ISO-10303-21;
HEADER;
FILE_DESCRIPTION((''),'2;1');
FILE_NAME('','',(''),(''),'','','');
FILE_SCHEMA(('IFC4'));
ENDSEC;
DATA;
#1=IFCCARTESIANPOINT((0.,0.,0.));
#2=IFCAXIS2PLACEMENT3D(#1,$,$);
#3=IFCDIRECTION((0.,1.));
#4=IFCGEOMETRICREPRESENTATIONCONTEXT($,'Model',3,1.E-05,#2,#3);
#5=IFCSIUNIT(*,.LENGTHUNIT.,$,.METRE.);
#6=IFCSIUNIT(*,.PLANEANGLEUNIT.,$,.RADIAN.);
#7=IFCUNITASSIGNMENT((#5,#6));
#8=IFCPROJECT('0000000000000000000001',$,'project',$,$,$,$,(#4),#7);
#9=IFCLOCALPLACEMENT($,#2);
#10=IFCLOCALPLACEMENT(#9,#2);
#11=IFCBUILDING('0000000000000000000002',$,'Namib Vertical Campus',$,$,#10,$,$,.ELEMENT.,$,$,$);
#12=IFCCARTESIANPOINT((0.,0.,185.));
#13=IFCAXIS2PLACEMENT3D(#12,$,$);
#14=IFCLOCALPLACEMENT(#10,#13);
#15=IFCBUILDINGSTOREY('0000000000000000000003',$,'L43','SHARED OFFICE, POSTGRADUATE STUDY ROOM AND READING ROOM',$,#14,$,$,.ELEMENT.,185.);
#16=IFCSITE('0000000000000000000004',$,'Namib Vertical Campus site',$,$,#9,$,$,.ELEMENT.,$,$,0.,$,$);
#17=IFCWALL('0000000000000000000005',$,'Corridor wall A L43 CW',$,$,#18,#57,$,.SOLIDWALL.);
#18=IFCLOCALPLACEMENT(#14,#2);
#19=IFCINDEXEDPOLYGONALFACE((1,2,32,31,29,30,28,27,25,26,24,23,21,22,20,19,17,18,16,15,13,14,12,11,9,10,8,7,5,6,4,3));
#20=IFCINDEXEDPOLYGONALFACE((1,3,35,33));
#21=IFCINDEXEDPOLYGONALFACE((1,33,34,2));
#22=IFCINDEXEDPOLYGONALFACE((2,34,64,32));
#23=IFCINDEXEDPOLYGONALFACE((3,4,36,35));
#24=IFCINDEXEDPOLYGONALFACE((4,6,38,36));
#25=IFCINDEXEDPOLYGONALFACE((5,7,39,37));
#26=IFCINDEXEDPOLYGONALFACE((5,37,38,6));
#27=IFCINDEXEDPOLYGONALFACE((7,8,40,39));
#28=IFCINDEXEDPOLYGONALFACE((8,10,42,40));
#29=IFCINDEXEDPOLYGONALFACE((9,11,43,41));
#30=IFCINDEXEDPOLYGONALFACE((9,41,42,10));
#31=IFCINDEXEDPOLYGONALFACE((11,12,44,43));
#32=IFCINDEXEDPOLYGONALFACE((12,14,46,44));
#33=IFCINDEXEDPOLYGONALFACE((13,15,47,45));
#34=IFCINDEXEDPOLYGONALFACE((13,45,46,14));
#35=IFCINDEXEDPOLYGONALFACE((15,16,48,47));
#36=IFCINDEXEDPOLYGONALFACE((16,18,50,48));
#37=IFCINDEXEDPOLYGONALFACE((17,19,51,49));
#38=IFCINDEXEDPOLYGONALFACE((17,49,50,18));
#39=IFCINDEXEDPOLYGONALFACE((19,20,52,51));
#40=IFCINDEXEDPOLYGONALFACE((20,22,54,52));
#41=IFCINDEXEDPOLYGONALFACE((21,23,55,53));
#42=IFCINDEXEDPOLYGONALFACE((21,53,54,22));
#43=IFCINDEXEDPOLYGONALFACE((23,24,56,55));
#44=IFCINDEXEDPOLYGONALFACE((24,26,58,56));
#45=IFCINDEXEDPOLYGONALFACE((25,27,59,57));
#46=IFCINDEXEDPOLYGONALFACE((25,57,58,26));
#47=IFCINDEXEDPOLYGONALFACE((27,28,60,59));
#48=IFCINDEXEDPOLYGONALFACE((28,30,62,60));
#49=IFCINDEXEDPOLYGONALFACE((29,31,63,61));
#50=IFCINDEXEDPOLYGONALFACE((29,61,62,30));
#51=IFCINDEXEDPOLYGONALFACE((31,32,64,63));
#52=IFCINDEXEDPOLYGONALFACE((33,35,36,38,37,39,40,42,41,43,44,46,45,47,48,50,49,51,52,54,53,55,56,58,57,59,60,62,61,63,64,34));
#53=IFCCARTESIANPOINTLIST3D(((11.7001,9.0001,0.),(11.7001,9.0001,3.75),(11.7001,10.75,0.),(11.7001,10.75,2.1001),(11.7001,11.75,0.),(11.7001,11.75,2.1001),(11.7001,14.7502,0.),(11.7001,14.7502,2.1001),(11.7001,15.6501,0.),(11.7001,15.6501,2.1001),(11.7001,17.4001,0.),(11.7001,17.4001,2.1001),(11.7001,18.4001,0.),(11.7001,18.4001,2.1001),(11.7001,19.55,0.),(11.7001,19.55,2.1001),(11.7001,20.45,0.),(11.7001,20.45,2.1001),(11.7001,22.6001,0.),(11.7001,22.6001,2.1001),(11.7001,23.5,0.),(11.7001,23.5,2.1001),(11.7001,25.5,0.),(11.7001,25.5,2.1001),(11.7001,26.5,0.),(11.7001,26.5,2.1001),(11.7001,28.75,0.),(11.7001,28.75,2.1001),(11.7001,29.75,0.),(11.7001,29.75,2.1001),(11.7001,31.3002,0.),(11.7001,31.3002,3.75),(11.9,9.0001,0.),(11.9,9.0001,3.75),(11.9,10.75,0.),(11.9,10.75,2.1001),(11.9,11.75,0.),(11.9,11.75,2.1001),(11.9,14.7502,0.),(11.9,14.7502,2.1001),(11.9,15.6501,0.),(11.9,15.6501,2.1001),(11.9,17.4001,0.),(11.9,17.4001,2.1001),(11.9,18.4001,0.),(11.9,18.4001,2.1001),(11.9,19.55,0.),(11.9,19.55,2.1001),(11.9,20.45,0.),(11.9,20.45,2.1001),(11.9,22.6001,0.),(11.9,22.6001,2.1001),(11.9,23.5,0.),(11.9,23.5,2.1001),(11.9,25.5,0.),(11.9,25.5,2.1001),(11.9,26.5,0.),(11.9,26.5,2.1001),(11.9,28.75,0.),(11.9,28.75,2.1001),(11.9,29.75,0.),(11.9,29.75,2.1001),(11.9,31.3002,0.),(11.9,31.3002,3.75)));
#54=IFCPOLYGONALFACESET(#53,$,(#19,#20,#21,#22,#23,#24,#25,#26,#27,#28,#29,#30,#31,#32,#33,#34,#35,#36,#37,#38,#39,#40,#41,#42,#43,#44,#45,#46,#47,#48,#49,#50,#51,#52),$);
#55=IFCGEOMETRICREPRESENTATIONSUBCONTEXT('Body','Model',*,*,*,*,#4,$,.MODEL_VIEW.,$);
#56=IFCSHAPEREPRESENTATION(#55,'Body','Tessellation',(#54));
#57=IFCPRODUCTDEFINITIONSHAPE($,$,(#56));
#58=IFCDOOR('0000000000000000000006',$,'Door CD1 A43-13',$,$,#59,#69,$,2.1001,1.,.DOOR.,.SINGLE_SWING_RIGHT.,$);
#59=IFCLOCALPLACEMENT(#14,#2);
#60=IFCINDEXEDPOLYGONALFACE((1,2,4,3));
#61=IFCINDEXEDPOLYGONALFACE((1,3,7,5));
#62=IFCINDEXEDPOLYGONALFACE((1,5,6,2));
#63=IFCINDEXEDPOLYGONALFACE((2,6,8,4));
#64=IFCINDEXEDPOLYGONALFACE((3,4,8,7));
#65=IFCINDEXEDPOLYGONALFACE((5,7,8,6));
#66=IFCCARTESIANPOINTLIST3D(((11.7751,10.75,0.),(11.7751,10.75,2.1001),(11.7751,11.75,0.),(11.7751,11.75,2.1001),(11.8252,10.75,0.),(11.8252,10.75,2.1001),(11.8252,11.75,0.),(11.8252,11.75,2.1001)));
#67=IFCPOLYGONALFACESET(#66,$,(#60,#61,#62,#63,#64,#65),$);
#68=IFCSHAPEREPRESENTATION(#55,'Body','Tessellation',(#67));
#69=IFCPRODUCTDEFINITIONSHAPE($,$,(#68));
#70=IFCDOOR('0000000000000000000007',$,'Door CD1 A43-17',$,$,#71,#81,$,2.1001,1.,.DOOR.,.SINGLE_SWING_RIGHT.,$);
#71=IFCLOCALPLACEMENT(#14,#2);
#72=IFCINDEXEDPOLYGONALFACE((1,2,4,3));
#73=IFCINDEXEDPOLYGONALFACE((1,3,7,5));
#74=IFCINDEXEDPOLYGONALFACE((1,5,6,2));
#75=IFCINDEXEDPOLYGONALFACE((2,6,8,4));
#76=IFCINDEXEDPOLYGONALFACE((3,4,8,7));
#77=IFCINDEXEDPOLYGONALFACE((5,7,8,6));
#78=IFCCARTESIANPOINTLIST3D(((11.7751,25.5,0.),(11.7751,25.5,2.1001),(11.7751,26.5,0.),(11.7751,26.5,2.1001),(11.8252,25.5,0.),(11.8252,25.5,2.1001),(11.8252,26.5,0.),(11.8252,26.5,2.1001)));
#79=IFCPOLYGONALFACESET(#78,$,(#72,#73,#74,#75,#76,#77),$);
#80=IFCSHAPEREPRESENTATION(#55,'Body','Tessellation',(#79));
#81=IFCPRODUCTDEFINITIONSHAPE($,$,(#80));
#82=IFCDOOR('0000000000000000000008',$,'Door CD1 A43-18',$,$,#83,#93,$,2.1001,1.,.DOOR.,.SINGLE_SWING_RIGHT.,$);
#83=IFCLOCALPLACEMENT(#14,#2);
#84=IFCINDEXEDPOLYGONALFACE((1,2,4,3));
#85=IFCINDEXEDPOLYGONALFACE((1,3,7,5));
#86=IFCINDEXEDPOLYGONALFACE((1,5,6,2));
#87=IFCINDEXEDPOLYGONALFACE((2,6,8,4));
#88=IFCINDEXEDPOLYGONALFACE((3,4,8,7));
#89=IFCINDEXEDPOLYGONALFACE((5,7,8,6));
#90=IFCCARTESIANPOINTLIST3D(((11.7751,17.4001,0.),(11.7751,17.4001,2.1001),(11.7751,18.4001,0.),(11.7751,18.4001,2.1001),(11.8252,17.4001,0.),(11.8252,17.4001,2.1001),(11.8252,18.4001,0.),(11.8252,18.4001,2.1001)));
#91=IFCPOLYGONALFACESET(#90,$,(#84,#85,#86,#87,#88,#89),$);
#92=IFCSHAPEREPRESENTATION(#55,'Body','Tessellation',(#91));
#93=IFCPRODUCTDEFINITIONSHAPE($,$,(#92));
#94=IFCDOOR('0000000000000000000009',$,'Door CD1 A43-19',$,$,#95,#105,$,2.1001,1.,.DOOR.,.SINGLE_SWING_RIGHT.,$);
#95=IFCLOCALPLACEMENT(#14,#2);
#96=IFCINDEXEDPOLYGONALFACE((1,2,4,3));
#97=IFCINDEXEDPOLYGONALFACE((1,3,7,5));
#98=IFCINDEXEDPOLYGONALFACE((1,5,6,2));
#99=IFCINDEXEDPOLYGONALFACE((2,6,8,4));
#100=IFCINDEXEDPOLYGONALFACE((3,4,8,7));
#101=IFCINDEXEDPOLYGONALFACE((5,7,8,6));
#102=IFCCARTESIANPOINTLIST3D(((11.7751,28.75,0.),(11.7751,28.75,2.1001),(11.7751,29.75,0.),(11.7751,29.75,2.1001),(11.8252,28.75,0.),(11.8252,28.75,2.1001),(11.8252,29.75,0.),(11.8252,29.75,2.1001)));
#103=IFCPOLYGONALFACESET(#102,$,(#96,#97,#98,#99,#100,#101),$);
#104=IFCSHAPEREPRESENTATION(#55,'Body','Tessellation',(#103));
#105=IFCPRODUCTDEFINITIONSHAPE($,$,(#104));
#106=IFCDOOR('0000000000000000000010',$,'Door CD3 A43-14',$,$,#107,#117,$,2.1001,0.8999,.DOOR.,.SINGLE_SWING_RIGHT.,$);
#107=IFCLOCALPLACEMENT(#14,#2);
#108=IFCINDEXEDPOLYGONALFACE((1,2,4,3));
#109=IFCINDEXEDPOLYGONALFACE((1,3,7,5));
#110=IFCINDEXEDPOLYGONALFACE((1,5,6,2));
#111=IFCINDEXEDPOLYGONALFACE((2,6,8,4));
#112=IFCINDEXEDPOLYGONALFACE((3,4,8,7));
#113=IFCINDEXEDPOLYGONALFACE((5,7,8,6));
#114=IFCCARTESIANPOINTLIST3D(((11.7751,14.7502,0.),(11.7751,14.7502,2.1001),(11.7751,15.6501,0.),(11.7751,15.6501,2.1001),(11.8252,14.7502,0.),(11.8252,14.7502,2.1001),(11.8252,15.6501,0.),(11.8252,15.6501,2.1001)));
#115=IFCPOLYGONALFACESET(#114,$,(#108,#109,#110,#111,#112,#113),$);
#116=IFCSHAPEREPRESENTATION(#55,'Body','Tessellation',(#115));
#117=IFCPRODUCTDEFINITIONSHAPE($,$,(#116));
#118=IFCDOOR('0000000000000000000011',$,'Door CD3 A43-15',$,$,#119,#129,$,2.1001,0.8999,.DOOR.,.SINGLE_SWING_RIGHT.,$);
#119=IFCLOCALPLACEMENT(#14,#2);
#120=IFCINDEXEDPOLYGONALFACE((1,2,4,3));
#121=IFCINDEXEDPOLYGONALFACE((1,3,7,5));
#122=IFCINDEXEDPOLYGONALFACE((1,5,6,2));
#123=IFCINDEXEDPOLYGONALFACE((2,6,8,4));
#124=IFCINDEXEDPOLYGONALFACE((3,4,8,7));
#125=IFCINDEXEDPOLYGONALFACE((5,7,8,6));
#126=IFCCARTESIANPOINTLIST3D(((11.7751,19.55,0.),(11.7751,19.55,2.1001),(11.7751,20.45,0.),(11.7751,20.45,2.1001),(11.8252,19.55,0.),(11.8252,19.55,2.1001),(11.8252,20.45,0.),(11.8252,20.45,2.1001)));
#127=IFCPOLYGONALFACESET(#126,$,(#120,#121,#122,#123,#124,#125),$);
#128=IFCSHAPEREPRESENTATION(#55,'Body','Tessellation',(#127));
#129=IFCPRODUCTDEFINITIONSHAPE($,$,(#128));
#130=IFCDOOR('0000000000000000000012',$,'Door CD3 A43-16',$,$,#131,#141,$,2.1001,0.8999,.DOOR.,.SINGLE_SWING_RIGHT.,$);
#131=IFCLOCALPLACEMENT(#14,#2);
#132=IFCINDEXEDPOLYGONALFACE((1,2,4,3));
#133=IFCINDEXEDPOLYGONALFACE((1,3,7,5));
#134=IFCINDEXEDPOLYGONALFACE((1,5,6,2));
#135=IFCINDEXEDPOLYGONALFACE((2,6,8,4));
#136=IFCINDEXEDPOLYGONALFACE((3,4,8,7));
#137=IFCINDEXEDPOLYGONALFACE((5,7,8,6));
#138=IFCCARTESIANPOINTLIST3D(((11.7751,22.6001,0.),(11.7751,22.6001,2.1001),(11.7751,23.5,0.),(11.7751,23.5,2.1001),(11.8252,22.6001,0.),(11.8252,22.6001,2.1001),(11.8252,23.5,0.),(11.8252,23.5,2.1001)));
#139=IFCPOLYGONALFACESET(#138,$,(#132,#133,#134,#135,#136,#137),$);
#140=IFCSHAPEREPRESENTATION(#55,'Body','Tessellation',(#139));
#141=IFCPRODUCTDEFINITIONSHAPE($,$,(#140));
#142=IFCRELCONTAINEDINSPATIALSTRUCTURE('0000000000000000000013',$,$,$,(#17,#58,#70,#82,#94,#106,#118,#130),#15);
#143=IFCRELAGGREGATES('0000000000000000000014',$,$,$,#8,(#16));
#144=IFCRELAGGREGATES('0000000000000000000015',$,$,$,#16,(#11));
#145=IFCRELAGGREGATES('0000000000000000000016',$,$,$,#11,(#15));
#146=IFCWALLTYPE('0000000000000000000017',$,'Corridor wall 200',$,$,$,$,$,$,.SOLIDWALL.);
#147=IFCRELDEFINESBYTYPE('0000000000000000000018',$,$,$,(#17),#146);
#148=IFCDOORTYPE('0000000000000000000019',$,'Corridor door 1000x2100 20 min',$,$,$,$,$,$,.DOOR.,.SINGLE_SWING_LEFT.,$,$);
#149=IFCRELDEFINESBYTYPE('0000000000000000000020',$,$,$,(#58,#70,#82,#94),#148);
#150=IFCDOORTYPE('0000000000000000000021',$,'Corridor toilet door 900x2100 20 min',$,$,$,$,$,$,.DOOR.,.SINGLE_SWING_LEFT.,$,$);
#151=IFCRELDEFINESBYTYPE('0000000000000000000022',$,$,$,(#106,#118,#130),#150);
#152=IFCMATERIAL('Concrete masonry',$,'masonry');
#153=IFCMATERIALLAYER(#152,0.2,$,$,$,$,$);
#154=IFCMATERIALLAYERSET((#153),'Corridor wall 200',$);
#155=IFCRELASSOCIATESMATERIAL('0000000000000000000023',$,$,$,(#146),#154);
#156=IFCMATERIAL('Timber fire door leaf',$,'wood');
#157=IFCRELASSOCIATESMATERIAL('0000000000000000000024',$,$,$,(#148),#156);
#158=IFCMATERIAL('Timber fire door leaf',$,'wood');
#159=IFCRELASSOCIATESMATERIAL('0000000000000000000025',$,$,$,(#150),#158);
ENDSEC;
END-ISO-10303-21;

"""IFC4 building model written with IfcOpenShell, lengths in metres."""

from ifc_helpers import new_model, si_unit, direction, frame, frame_2d, origin, place, context, subcontext, project, spatial, rectangle, extrude, material, layer, layer_set, type_object, element, fill, save


model = new_model("IFC4")

# Units and contexts
model_context = context("Model", 3, precision=1e-05, world=origin(), true_north=direction((0.0, 1.0)))
body_context = subcontext(model_context, "Body", "Model", "MODEL_VIEW")
ifc_project = project(units=[si_unit("LENGTHUNIT", "METRE"), si_unit("PLANEANGLEUNIT", "RADIAN")], contexts=[model_context])

# Site, building, storey
site_placement = place(None, origin())
site = spatial("IfcSite", under=ifc_project, at=site_placement, Name="Namib Vertical Campus site", CompositionType="ELEMENT", RefElevation=0.0)
building_placement = place(site_placement, origin())
building = spatial("IfcBuilding", under=site, at=building_placement, Name="Namib Vertical Campus", CompositionType="ELEMENT")
storey_placement = place(building_placement, frame((0.0, 0.0, 185.0)))
storey = spatial("IfcBuildingStorey", under=building, at=storey_placement, Name="L43", Description="SHARED OFFICE, POSTGRADUATE STUDY ROOM AND READING ROOM", CompositionType="ELEMENT", Elevation=185.0)

# Wall, openings, doors
ifc_material_1 = material(Name="Concrete masonry", Category="masonry")
ifc_layer_1 = layer(ifc_material_1, 0.2)
ifc_layer_set_1 = layer_set([ifc_layer_1], Name="Corridor wall 200")
wall_type_1 = type_object("IfcWallType", Name="Corridor wall 200", PredefinedType="SOLIDWALL", material=ifc_layer_set_1)
wall_1_placement = place(storey_placement, frame((11.8, 31.3, 0.0), z_axis=(0.0, 0.0, 1.0), x_axis=(0.0, -1.0, 0.0)))
wall_1 = element("IfcWall", 1, at=wall_1_placement, inside=storey, type_object=wall_type_1, Name="Corridor wall A L43 CW", PredefinedType="SOLIDWALL", context=body_context, shape_type="SweptSolid", body=[
    extrude(rectangle(XDim=22.3, YDim=0.2, at=frame_2d((11.1499, 0.0))), origin(), (0.0, 0.0, 1.0), 3.75),
])
opening_1_placement = place(wall_1_placement, frame((19.55, 0.0, 0.0)))
opening_1 = element("IfcOpeningElement", 2, at=opening_1_placement, cuts=wall_1, PredefinedType="OPENING", context=body_context, shape_type="SweptSolid", body=[
    extrude(rectangle(XDim=1.0, YDim=2.1001, at=frame_2d((0.5, 1.05))), frame((0.0, 0.1099, 0.0), z_axis=(0.0, -1.0, 0.0), x_axis=(1.0, 0.0, 0.0)), (0.0, 0.0, 1.0), 0.22),
])
opening_2_placement = place(wall_1_placement, frame((15.6499, 0.0, 0.0)))
opening_2 = element("IfcOpeningElement", 3, at=opening_2_placement, cuts=wall_1, PredefinedType="OPENING", context=body_context, shape_type="SweptSolid", body=[
    extrude(rectangle(XDim=0.8999, YDim=2.1001, at=frame_2d((0.45, 1.05))), frame((0.0, 0.1099, 0.0), z_axis=(0.0, -1.0, 0.0), x_axis=(1.0, 0.0, 0.0)), (0.0, 0.0, 1.0), 0.22),
])
opening_3_placement = place(wall_1_placement, frame((10.8501, 0.0, 0.0)))
opening_3 = element("IfcOpeningElement", 4, at=opening_3_placement, cuts=wall_1, PredefinedType="OPENING", context=body_context, shape_type="SweptSolid", body=[
    extrude(rectangle(XDim=0.8999, YDim=2.1001, at=frame_2d((0.45, 1.05))), frame((0.0, 0.1099, 0.0), z_axis=(0.0, -1.0, 0.0), x_axis=(1.0, 0.0, 0.0)), (0.0, 0.0, 1.0), 0.22),
])
opening_4_placement = place(wall_1_placement, frame((7.8, 0.0, 0.0)))
opening_4 = element("IfcOpeningElement", 5, at=opening_4_placement, cuts=wall_1, PredefinedType="OPENING", context=body_context, shape_type="SweptSolid", body=[
    extrude(rectangle(XDim=0.8999, YDim=2.1001, at=frame_2d((0.45, 1.05))), frame((0.0, 0.1099, 0.0), z_axis=(0.0, -1.0, 0.0), x_axis=(1.0, 0.0, 0.0)), (0.0, 0.0, 1.0), 0.22),
])
opening_5_placement = place(wall_1_placement, frame((4.8, 0.0, 0.0)))
opening_5 = element("IfcOpeningElement", 6, at=opening_5_placement, cuts=wall_1, PredefinedType="OPENING", context=body_context, shape_type="SweptSolid", body=[
    extrude(rectangle(XDim=1.0, YDim=2.1001, at=frame_2d((0.5, 1.05))), frame((0.0, 0.1099, 0.0), z_axis=(0.0, -1.0, 0.0), x_axis=(1.0, 0.0, 0.0)), (0.0, 0.0, 1.0), 0.22),
])
opening_6_placement = place(wall_1_placement, frame((12.8999, 0.0, 0.0)))
opening_6 = element("IfcOpeningElement", 7, at=opening_6_placement, cuts=wall_1, PredefinedType="OPENING", context=body_context, shape_type="SweptSolid", body=[
    extrude(rectangle(XDim=1.0, YDim=2.1001, at=frame_2d((0.5, 1.05))), frame((0.0, 0.1099, 0.0), z_axis=(0.0, -1.0, 0.0), x_axis=(1.0, 0.0, 0.0)), (0.0, 0.0, 1.0), 0.22),
])
opening_7_placement = place(wall_1_placement, frame((1.55, 0.0, 0.0)))
opening_7 = element("IfcOpeningElement", 8, at=opening_7_placement, cuts=wall_1, PredefinedType="OPENING", context=body_context, shape_type="SweptSolid", body=[
    extrude(rectangle(XDim=1.0, YDim=2.1001, at=frame_2d((0.5, 1.05))), frame((0.0, 0.1099, 0.0), z_axis=(0.0, -1.0, 0.0), x_axis=(1.0, 0.0, 0.0)), (0.0, 0.0, 1.0), 0.22),
])
ifc_material_2 = material(Name="Timber fire door leaf", Category="wood")
door_type_1 = type_object("IfcDoorType", Name="Corridor door 1000x2100 20 min", OperationType="SINGLE_SWING_LEFT", PredefinedType="DOOR", material=ifc_material_2)
door_1_placement = place(opening_1_placement, frame((1.0, 0.0, 0.0), z_axis=(0.0, 0.0, 1.0), x_axis=(-1.0, 0.0, 0.0)))
door_1 = element("IfcDoor", 9, at=door_1_placement, inside=storey, type_object=door_type_1, Name="Door CD1 A43-13", OperationType="SINGLE_SWING_RIGHT", OverallHeight=2.1001, OverallWidth=1.0, PredefinedType="DOOR", context=body_context, shape_type="SweptSolid", body=[
    extrude(rectangle(XDim=1.0, YDim=2.1001, at=frame_2d((0.5, 1.05))), frame((0.0, 0.0249, 0.0), z_axis=(0.0, -1.0, 0.0), x_axis=(1.0, 0.0, 0.0)), (0.0, 0.0, 1.0), 0.05),
])
fill(opening_1, door_1)
door_2_placement = place(opening_5_placement, frame((1.0, 0.0, 0.0), z_axis=(0.0, 0.0, 1.0), x_axis=(-1.0, 0.0, 0.0)))
door_2 = element("IfcDoor", 10, at=door_2_placement, inside=storey, type_object=door_type_1, Name="Door CD1 A43-17", OperationType="SINGLE_SWING_RIGHT", OverallHeight=2.1001, OverallWidth=1.0, PredefinedType="DOOR", context=body_context, shape_type="SweptSolid", body=[
    extrude(rectangle(XDim=1.0, YDim=2.1001, at=frame_2d((0.5, 1.05))), frame((0.0, 0.0249, 0.0), z_axis=(0.0, -1.0, 0.0), x_axis=(1.0, 0.0, 0.0)), (0.0, 0.0, 1.0), 0.05),
])
fill(opening_5, door_2)
door_3_placement = place(opening_6_placement, frame((1.0, 0.0, 0.0), z_axis=(0.0, 0.0, 1.0), x_axis=(-1.0, 0.0, 0.0)))
door_3 = element("IfcDoor", 11, at=door_3_placement, inside=storey, type_object=door_type_1, Name="Door CD1 A43-18", OperationType="SINGLE_SWING_RIGHT", OverallHeight=2.1001, OverallWidth=1.0, PredefinedType="DOOR", context=body_context, shape_type="SweptSolid", body=[
    extrude(rectangle(XDim=1.0, YDim=2.1001, at=frame_2d((0.5, 1.05))), frame((0.0, 0.0249, 0.0), z_axis=(0.0, -1.0, 0.0), x_axis=(1.0, 0.0, 0.0)), (0.0, 0.0, 1.0), 0.05),
])
fill(opening_6, door_3)
door_4_placement = place(opening_7_placement, frame((1.0, 0.0, 0.0), z_axis=(0.0, 0.0, 1.0), x_axis=(-1.0, 0.0, 0.0)))
door_4 = element("IfcDoor", 12, at=door_4_placement, inside=storey, type_object=door_type_1, Name="Door CD1 A43-19", OperationType="SINGLE_SWING_RIGHT", OverallHeight=2.1001, OverallWidth=1.0, PredefinedType="DOOR", context=body_context, shape_type="SweptSolid", body=[
    extrude(rectangle(XDim=1.0, YDim=2.1001, at=frame_2d((0.5, 1.05))), frame((0.0, 0.0249, 0.0), z_axis=(0.0, -1.0, 0.0), x_axis=(1.0, 0.0, 0.0)), (0.0, 0.0, 1.0), 0.05),
])
fill(opening_7, door_4)
ifc_material_3 = material(Name="Timber fire door leaf", Category="wood")
door_type_2 = type_object("IfcDoorType", Name="Corridor toilet door 900x2100 20 min", OperationType="SINGLE_SWING_LEFT", PredefinedType="DOOR", material=ifc_material_3)
door_5_placement = place(opening_2_placement, frame((0.8999, 0.0, 0.0), z_axis=(0.0, 0.0, 1.0), x_axis=(-1.0, 0.0, 0.0)))
door_5 = element("IfcDoor", 13, at=door_5_placement, inside=storey, type_object=door_type_2, Name="Door CD3 A43-14", OperationType="SINGLE_SWING_RIGHT", OverallHeight=2.1001, OverallWidth=0.8999, PredefinedType="DOOR", context=body_context, shape_type="SweptSolid", body=[
    extrude(rectangle(XDim=0.8999, YDim=2.1001, at=frame_2d((0.45, 1.05))), frame((0.0, 0.0249, 0.0), z_axis=(0.0, -1.0, 0.0), x_axis=(1.0, 0.0, 0.0)), (0.0, 0.0, 1.0), 0.05),
])
fill(opening_2, door_5)
door_6_placement = place(opening_3_placement, frame((0.8999, 0.0, 0.0), z_axis=(0.0, 0.0, 1.0), x_axis=(-1.0, 0.0, 0.0)))
door_6 = element("IfcDoor", 14, at=door_6_placement, inside=storey, type_object=door_type_2, Name="Door CD3 A43-15", OperationType="SINGLE_SWING_RIGHT", OverallHeight=2.1001, OverallWidth=0.8999, PredefinedType="DOOR", context=body_context, shape_type="SweptSolid", body=[
    extrude(rectangle(XDim=0.8999, YDim=2.1001, at=frame_2d((0.45, 1.05))), frame((0.0, 0.0249, 0.0), z_axis=(0.0, -1.0, 0.0), x_axis=(1.0, 0.0, 0.0)), (0.0, 0.0, 1.0), 0.05),
])
fill(opening_3, door_6)
door_7_placement = place(opening_4_placement, frame((0.8999, 0.0, 0.0), z_axis=(0.0, 0.0, 1.0), x_axis=(-1.0, 0.0, 0.0)))
door_7 = element("IfcDoor", 15, at=door_7_placement, inside=storey, type_object=door_type_2, Name="Door CD3 A43-16", OperationType="SINGLE_SWING_RIGHT", OverallHeight=2.1001, OverallWidth=0.8999, PredefinedType="DOOR", context=body_context, shape_type="SweptSolid", body=[
    extrude(rectangle(XDim=0.8999, YDim=2.1001, at=frame_2d((0.45, 1.05))), frame((0.0, 0.0249, 0.0), z_axis=(0.0, -1.0, 0.0), x_axis=(1.0, 0.0, 0.0)), (0.0, 0.0, 1.0), 0.05),
])
fill(opening_4, door_7)

save(model, "model.ifc")
